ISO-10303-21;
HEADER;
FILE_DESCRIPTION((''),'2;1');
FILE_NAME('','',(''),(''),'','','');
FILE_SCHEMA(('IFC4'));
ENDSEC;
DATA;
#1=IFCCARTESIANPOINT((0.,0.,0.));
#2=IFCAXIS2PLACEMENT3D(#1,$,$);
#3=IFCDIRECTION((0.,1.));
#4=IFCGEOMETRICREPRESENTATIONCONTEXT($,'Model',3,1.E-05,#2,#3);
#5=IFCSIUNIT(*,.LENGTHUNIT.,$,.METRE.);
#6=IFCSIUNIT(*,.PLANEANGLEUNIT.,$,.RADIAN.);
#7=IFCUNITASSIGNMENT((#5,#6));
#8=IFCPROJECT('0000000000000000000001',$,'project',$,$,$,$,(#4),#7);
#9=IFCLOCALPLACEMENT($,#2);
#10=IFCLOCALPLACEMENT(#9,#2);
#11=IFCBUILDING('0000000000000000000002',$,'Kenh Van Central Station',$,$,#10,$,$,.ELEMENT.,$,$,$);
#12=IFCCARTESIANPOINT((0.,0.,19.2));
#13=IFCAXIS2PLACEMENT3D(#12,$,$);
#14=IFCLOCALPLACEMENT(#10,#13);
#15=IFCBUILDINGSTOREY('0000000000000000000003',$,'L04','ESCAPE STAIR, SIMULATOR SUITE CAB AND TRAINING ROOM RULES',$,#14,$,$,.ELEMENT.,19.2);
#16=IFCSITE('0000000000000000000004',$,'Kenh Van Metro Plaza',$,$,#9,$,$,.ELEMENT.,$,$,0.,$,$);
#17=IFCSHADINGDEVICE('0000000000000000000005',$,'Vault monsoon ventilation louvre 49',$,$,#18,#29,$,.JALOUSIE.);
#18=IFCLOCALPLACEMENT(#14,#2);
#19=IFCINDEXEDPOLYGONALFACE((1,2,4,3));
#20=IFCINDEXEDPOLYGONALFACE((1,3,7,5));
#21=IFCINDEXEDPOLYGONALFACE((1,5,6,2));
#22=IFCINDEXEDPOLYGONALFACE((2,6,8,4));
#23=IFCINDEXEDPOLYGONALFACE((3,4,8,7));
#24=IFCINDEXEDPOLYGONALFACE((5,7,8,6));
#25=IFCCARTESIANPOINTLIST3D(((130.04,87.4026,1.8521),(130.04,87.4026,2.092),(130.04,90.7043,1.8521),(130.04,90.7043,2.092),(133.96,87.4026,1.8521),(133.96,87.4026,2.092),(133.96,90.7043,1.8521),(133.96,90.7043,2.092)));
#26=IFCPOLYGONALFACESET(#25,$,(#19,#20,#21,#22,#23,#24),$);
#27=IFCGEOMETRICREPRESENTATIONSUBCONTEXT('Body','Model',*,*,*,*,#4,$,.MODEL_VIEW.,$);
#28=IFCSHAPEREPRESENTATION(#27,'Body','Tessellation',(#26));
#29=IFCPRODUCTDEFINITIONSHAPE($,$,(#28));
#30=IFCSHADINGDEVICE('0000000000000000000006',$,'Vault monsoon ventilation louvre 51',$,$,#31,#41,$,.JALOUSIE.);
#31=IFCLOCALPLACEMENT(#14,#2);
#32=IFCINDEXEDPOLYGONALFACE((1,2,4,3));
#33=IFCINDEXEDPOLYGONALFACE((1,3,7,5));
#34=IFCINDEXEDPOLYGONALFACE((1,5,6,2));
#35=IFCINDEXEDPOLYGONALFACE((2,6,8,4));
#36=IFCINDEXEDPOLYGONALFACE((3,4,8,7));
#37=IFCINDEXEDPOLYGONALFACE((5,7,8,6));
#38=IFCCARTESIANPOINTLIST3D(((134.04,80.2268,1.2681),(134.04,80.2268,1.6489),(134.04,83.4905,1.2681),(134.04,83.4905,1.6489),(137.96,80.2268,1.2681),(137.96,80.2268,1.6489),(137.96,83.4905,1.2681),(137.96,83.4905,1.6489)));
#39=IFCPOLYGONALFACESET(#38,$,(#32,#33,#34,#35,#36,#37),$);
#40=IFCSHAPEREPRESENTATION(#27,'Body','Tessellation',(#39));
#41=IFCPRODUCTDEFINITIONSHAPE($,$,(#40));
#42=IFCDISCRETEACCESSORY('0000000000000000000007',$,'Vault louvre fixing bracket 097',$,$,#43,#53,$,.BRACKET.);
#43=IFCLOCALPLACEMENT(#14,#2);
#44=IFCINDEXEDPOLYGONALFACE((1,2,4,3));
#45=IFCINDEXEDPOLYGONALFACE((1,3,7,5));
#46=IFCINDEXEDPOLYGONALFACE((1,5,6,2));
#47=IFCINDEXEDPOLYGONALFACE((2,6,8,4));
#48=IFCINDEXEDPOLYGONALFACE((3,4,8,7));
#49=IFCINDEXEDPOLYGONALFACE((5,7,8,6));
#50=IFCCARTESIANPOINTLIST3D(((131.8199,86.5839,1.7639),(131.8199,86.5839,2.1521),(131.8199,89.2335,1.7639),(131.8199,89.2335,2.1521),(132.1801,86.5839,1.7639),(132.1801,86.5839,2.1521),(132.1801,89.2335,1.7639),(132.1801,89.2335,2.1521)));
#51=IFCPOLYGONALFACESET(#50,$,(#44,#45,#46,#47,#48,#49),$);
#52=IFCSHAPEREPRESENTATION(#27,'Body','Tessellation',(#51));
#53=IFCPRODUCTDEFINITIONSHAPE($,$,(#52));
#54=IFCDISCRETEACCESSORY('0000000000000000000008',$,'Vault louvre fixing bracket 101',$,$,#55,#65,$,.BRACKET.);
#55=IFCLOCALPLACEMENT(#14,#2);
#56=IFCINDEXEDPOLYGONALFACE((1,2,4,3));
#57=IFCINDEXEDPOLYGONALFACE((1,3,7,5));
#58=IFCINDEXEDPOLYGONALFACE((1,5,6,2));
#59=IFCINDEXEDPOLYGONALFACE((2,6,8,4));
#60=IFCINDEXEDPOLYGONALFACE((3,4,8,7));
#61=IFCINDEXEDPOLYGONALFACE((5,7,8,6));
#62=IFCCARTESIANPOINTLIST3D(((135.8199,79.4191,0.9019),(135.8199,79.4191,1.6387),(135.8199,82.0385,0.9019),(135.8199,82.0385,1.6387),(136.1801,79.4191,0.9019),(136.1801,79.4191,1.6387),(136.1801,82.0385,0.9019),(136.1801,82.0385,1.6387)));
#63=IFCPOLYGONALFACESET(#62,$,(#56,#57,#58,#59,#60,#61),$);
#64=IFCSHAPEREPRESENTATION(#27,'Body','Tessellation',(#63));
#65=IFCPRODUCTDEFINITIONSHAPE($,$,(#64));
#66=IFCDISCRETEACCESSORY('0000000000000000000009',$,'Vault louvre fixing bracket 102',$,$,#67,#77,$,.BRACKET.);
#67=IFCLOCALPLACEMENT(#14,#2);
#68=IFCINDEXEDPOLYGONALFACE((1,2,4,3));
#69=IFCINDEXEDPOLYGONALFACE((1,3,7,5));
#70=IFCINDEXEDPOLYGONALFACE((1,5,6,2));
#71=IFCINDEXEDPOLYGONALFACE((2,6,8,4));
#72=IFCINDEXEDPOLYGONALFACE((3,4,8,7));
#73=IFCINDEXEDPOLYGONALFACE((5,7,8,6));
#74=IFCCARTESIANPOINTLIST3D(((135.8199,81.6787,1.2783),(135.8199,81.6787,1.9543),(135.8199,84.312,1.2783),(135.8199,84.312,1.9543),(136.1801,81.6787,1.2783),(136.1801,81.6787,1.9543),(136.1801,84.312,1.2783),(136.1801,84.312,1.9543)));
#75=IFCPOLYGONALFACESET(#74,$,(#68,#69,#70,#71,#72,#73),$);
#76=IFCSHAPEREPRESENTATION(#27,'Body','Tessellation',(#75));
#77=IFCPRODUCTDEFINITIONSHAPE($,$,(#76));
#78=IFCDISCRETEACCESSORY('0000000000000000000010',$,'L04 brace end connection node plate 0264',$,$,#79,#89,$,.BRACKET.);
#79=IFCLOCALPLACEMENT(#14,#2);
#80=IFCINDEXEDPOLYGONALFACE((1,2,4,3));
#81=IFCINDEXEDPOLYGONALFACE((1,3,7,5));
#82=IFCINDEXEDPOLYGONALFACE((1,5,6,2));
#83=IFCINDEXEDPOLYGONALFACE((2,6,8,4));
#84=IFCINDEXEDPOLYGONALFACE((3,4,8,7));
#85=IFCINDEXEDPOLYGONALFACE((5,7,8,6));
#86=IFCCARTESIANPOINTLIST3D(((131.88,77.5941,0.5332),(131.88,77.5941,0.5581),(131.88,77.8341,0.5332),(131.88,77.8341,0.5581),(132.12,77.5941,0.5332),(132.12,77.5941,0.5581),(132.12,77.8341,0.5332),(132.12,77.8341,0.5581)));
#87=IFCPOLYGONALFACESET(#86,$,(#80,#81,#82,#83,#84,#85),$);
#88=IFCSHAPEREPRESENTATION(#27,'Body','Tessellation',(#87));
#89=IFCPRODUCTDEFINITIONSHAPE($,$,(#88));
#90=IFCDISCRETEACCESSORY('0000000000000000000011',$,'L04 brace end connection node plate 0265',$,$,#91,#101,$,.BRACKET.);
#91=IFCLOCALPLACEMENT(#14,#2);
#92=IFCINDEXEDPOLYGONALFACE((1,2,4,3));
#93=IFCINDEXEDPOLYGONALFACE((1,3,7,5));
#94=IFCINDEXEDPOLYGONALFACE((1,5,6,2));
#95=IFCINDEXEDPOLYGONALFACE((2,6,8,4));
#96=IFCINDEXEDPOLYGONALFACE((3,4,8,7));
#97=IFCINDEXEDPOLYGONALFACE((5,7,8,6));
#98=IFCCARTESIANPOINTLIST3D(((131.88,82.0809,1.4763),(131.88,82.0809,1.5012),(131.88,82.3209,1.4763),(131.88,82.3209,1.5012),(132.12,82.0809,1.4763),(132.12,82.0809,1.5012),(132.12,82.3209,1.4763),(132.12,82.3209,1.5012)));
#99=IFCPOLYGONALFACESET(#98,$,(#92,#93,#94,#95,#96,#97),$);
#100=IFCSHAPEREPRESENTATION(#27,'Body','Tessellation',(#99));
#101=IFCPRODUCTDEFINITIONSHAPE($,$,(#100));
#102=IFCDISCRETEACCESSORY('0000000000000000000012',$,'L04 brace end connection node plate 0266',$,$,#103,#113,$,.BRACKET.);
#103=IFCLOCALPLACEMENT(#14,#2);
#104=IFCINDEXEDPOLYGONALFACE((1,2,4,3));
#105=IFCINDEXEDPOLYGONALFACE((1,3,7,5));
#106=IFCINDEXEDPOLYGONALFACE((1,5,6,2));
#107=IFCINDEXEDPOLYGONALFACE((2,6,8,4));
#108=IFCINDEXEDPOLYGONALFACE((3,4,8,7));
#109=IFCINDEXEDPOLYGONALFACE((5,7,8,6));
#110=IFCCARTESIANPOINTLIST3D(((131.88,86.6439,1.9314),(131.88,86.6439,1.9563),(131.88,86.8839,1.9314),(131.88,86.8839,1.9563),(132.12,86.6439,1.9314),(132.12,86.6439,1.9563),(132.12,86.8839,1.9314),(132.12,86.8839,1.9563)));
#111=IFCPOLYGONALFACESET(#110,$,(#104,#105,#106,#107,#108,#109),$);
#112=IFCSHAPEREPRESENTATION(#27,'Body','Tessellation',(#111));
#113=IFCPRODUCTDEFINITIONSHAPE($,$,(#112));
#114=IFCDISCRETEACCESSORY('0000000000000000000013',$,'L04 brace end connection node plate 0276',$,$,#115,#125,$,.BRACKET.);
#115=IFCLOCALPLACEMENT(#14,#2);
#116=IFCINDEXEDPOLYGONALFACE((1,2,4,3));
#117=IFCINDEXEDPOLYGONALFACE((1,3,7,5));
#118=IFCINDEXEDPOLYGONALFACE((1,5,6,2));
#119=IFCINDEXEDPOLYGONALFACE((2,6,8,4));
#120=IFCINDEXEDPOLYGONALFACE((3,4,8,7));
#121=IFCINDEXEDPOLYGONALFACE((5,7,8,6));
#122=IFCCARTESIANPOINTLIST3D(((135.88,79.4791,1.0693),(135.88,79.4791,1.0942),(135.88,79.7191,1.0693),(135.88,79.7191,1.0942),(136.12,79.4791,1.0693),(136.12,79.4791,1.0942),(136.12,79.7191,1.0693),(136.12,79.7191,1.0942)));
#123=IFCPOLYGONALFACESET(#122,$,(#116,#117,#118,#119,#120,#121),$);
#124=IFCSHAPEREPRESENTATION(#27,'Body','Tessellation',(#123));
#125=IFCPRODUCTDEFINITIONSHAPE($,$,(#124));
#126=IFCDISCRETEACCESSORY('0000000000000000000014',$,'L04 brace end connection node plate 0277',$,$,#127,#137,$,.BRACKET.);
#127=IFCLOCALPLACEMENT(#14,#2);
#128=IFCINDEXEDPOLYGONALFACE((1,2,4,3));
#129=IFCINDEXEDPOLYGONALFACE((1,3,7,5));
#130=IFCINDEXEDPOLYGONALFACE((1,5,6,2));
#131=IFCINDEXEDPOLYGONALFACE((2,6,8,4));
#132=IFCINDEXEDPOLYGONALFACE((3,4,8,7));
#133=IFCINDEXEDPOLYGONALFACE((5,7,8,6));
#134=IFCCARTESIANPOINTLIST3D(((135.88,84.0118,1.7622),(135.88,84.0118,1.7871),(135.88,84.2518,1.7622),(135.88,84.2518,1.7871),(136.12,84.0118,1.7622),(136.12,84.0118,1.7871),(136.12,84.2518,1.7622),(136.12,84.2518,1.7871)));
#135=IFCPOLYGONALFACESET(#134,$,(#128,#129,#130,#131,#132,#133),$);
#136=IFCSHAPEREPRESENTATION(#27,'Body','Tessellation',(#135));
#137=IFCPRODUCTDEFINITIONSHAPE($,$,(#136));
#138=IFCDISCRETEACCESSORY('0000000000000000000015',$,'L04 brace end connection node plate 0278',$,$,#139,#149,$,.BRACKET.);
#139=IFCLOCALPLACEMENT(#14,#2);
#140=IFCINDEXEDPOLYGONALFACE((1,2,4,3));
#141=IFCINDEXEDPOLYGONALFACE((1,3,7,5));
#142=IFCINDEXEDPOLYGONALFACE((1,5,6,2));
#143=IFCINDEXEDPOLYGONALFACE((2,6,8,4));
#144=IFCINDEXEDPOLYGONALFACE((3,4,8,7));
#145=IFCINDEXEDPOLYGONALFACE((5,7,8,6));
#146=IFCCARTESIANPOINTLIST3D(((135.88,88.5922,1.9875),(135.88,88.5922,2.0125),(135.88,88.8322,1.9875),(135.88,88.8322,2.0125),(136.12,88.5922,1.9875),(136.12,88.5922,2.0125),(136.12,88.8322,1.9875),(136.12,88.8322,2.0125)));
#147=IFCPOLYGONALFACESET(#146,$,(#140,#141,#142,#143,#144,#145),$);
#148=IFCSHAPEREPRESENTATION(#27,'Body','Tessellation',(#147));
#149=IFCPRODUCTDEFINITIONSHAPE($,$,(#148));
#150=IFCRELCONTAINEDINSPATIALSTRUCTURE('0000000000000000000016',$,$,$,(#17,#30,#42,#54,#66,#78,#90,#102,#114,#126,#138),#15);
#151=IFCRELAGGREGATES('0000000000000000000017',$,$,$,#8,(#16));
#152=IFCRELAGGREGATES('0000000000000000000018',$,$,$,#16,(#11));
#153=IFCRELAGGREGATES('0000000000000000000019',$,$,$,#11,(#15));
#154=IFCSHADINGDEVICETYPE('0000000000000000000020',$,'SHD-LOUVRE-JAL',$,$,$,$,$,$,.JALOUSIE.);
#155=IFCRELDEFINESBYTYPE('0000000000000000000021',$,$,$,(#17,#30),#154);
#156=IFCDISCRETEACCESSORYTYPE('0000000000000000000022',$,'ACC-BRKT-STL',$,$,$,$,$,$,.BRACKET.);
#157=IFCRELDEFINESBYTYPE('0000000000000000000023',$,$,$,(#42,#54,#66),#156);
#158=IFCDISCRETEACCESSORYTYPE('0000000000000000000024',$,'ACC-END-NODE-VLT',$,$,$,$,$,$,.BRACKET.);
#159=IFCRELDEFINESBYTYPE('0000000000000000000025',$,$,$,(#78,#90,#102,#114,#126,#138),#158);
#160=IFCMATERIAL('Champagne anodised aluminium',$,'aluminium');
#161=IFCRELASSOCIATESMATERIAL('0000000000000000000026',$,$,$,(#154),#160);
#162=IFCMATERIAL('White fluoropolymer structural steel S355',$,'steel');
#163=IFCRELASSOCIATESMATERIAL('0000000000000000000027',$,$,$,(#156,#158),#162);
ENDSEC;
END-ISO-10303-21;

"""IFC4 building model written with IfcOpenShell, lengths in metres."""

from ifc_helpers import new_model, si_unit, direction, frame, origin, origin_2d, place, context, subcontext, project, spatial, rectangle, extrude, material, type_object, element, save


model = new_model("IFC4")

# Units and contexts
model_context = context("Model", 3, precision=1e-05, world=origin(), true_north=direction((0.0, 1.0)))
body_context = subcontext(model_context, "Body", "Model", "MODEL_VIEW")
ifc_project = project(units=[si_unit("LENGTHUNIT", "METRE"), si_unit("PLANEANGLEUNIT", "RADIAN")], contexts=[model_context])

# Site, building, storey
site_placement = place(None, origin())
site = spatial("IfcSite", under=ifc_project, at=site_placement, Name="Kenh Van Metro Plaza", CompositionType="ELEMENT", RefElevation=0.0)
building_placement = place(site_placement, origin())
building = spatial("IfcBuilding", under=site, at=building_placement, Name="Kenh Van Central Station", CompositionType="ELEMENT")
storey_placement = place(building_placement, frame((0.0, 0.0, 19.2)))
storey = spatial("IfcBuildingStorey", under=building, at=storey_placement, Name="L04", Description="ESCAPE STAIR, SIMULATOR SUITE CAB AND TRAINING ROOM RULES", CompositionType="ELEMENT", Elevation=19.2)

# Shared definitions
ifc_material_1 = material(Name="White fluoropolymer structural steel S355", Category="steel")

# Shading devices
ifc_material_2 = material(Name="Champagne anodised aluminium", Category="aluminium")
shading_device_type = type_object("IfcShadingDeviceType", Name="SHD-LOUVRE-JAL", PredefinedType="JALOUSIE", material=ifc_material_2)
shading_device_1_placement = place(storey_placement, frame((132.0, 89.0535, 1.8521), z_axis=(0.0, 0.0, 1.0), x_axis=(1.0, 0.0, 0.0)))
element("IfcShadingDevice", 1, at=shading_device_1_placement, inside=storey, type_object=shading_device_type, Name="Vault monsoon ventilation louvre 49", PredefinedType="JALOUSIE", context=body_context, shape_type="SweptSolid", body=[
    extrude(rectangle(XDim=3.9199, YDim=3.3018, at=origin_2d()), origin(), (0.0, 0.0, 1.0), 0.24),
])
shading_device_2_placement = place(storey_placement, frame((136.0, 81.8586, 1.2681), z_axis=(0.0, 0.0, 1.0), x_axis=(1.0, 0.0, 0.0)))
element("IfcShadingDevice", 2, at=shading_device_2_placement, inside=storey, type_object=shading_device_type, Name="Vault monsoon ventilation louvre 51", PredefinedType="JALOUSIE", context=body_context, shape_type="SweptSolid", body=[
    extrude(rectangle(XDim=3.9199, YDim=3.2637, at=origin_2d()), origin(), (0.0, 0.0, 1.0), 0.3809),
])

# Discrete accessories
discrete_accessory_type_1 = type_object("IfcDiscreteAccessoryType", Name="ACC-BRKT-STL", PredefinedType="BRACKET", material=ifc_material_1)
discrete_accessory_1_placement = place(storey_placement, frame((132.0, 87.9087, 1.7639), z_axis=(0.0, 0.0, 1.0), x_axis=(1.0, 0.0, 0.0)))
element("IfcDiscreteAccessory", 3, at=discrete_accessory_1_placement, inside=storey, type_object=discrete_accessory_type_1, Name="Vault louvre fixing bracket 097", PredefinedType="BRACKET", context=body_context, shape_type="SweptSolid", body=[
    extrude(rectangle(XDim=0.3601, YDim=2.6497, at=origin_2d()), origin(), (0.0, 0.0, 1.0), 0.3882),
])
discrete_accessory_2_placement = place(storey_placement, frame((136.0, 80.7288, 0.9019), z_axis=(0.0, 0.0, 1.0), x_axis=(1.0, 0.0, 0.0)))
element("IfcDiscreteAccessory", 4, at=discrete_accessory_2_placement, inside=storey, type_object=discrete_accessory_type_1, Name="Vault louvre fixing bracket 101", PredefinedType="BRACKET", context=body_context, shape_type="SweptSolid", body=[
    extrude(rectangle(XDim=0.3601, YDim=2.6194, at=origin_2d()), origin(), (0.0, 0.0, 1.0), 0.7368),
])
discrete_accessory_3_placement = place(storey_placement, frame((136.0, 82.9954, 1.2783), z_axis=(0.0, 0.0, 1.0), x_axis=(1.0, 0.0, 0.0)))
element("IfcDiscreteAccessory", 5, at=discrete_accessory_3_placement, inside=storey, type_object=discrete_accessory_type_1, Name="Vault louvre fixing bracket 102", PredefinedType="BRACKET", context=body_context, shape_type="SweptSolid", body=[
    extrude(rectangle(XDim=0.3601, YDim=2.6333, at=origin_2d()), origin(), (0.0, 0.0, 1.0), 0.676),
])
discrete_accessory_type_2 = type_object("IfcDiscreteAccessoryType", Name="ACC-END-NODE-VLT", PredefinedType="BRACKET", material=ifc_material_1)
for number, where, z_axis, x_axis, name in (
    (6, (132.0, 77.7141, 0.5332), (0.0, 0.0, 1.0), (1.0, 0.0, 0.0), "L04 brace end connection node plate 0264"),
    (7, (132.0, 82.2009, 1.4763), (0.0, 0.0, 1.0), (1.0, 0.0, 0.0), "L04 brace end connection node plate 0265"),
    (8, (132.0, 86.7639, 1.9314), (0.0, 0.0, 1.0), (1.0, 0.0, 0.0), "L04 brace end connection node plate 0266"),
    (9, (136.0, 79.5991, 1.0693), (0.0, 0.0, 1.0), (1.0, 0.0, 0.0), "L04 brace end connection node plate 0276"),
    (10, (136.0, 84.1318, 1.7622), (0.0, 0.0, 1.0), (1.0, 0.0, 0.0), "L04 brace end connection node plate 0277"),
    (11, (136.0, 88.7122, 1.9875), (0.0, 0.0, 1.0), (1.0, 0.0, 0.0), "L04 brace end connection node plate 0278"),
):
    element("IfcDiscreteAccessory", number, at=place(storey_placement, frame(where, z_axis=z_axis, x_axis=x_axis)), inside=storey, type_object=discrete_accessory_type_2, Name=name, PredefinedType="BRACKET", context=body_context, shape_type="SweptSolid", body=[
        extrude(rectangle(XDim=0.24, YDim=0.24, at=origin_2d()), origin(), (0.0, 0.0, 1.0), 0.0249),
    ])

save(model, "model.ifc")
